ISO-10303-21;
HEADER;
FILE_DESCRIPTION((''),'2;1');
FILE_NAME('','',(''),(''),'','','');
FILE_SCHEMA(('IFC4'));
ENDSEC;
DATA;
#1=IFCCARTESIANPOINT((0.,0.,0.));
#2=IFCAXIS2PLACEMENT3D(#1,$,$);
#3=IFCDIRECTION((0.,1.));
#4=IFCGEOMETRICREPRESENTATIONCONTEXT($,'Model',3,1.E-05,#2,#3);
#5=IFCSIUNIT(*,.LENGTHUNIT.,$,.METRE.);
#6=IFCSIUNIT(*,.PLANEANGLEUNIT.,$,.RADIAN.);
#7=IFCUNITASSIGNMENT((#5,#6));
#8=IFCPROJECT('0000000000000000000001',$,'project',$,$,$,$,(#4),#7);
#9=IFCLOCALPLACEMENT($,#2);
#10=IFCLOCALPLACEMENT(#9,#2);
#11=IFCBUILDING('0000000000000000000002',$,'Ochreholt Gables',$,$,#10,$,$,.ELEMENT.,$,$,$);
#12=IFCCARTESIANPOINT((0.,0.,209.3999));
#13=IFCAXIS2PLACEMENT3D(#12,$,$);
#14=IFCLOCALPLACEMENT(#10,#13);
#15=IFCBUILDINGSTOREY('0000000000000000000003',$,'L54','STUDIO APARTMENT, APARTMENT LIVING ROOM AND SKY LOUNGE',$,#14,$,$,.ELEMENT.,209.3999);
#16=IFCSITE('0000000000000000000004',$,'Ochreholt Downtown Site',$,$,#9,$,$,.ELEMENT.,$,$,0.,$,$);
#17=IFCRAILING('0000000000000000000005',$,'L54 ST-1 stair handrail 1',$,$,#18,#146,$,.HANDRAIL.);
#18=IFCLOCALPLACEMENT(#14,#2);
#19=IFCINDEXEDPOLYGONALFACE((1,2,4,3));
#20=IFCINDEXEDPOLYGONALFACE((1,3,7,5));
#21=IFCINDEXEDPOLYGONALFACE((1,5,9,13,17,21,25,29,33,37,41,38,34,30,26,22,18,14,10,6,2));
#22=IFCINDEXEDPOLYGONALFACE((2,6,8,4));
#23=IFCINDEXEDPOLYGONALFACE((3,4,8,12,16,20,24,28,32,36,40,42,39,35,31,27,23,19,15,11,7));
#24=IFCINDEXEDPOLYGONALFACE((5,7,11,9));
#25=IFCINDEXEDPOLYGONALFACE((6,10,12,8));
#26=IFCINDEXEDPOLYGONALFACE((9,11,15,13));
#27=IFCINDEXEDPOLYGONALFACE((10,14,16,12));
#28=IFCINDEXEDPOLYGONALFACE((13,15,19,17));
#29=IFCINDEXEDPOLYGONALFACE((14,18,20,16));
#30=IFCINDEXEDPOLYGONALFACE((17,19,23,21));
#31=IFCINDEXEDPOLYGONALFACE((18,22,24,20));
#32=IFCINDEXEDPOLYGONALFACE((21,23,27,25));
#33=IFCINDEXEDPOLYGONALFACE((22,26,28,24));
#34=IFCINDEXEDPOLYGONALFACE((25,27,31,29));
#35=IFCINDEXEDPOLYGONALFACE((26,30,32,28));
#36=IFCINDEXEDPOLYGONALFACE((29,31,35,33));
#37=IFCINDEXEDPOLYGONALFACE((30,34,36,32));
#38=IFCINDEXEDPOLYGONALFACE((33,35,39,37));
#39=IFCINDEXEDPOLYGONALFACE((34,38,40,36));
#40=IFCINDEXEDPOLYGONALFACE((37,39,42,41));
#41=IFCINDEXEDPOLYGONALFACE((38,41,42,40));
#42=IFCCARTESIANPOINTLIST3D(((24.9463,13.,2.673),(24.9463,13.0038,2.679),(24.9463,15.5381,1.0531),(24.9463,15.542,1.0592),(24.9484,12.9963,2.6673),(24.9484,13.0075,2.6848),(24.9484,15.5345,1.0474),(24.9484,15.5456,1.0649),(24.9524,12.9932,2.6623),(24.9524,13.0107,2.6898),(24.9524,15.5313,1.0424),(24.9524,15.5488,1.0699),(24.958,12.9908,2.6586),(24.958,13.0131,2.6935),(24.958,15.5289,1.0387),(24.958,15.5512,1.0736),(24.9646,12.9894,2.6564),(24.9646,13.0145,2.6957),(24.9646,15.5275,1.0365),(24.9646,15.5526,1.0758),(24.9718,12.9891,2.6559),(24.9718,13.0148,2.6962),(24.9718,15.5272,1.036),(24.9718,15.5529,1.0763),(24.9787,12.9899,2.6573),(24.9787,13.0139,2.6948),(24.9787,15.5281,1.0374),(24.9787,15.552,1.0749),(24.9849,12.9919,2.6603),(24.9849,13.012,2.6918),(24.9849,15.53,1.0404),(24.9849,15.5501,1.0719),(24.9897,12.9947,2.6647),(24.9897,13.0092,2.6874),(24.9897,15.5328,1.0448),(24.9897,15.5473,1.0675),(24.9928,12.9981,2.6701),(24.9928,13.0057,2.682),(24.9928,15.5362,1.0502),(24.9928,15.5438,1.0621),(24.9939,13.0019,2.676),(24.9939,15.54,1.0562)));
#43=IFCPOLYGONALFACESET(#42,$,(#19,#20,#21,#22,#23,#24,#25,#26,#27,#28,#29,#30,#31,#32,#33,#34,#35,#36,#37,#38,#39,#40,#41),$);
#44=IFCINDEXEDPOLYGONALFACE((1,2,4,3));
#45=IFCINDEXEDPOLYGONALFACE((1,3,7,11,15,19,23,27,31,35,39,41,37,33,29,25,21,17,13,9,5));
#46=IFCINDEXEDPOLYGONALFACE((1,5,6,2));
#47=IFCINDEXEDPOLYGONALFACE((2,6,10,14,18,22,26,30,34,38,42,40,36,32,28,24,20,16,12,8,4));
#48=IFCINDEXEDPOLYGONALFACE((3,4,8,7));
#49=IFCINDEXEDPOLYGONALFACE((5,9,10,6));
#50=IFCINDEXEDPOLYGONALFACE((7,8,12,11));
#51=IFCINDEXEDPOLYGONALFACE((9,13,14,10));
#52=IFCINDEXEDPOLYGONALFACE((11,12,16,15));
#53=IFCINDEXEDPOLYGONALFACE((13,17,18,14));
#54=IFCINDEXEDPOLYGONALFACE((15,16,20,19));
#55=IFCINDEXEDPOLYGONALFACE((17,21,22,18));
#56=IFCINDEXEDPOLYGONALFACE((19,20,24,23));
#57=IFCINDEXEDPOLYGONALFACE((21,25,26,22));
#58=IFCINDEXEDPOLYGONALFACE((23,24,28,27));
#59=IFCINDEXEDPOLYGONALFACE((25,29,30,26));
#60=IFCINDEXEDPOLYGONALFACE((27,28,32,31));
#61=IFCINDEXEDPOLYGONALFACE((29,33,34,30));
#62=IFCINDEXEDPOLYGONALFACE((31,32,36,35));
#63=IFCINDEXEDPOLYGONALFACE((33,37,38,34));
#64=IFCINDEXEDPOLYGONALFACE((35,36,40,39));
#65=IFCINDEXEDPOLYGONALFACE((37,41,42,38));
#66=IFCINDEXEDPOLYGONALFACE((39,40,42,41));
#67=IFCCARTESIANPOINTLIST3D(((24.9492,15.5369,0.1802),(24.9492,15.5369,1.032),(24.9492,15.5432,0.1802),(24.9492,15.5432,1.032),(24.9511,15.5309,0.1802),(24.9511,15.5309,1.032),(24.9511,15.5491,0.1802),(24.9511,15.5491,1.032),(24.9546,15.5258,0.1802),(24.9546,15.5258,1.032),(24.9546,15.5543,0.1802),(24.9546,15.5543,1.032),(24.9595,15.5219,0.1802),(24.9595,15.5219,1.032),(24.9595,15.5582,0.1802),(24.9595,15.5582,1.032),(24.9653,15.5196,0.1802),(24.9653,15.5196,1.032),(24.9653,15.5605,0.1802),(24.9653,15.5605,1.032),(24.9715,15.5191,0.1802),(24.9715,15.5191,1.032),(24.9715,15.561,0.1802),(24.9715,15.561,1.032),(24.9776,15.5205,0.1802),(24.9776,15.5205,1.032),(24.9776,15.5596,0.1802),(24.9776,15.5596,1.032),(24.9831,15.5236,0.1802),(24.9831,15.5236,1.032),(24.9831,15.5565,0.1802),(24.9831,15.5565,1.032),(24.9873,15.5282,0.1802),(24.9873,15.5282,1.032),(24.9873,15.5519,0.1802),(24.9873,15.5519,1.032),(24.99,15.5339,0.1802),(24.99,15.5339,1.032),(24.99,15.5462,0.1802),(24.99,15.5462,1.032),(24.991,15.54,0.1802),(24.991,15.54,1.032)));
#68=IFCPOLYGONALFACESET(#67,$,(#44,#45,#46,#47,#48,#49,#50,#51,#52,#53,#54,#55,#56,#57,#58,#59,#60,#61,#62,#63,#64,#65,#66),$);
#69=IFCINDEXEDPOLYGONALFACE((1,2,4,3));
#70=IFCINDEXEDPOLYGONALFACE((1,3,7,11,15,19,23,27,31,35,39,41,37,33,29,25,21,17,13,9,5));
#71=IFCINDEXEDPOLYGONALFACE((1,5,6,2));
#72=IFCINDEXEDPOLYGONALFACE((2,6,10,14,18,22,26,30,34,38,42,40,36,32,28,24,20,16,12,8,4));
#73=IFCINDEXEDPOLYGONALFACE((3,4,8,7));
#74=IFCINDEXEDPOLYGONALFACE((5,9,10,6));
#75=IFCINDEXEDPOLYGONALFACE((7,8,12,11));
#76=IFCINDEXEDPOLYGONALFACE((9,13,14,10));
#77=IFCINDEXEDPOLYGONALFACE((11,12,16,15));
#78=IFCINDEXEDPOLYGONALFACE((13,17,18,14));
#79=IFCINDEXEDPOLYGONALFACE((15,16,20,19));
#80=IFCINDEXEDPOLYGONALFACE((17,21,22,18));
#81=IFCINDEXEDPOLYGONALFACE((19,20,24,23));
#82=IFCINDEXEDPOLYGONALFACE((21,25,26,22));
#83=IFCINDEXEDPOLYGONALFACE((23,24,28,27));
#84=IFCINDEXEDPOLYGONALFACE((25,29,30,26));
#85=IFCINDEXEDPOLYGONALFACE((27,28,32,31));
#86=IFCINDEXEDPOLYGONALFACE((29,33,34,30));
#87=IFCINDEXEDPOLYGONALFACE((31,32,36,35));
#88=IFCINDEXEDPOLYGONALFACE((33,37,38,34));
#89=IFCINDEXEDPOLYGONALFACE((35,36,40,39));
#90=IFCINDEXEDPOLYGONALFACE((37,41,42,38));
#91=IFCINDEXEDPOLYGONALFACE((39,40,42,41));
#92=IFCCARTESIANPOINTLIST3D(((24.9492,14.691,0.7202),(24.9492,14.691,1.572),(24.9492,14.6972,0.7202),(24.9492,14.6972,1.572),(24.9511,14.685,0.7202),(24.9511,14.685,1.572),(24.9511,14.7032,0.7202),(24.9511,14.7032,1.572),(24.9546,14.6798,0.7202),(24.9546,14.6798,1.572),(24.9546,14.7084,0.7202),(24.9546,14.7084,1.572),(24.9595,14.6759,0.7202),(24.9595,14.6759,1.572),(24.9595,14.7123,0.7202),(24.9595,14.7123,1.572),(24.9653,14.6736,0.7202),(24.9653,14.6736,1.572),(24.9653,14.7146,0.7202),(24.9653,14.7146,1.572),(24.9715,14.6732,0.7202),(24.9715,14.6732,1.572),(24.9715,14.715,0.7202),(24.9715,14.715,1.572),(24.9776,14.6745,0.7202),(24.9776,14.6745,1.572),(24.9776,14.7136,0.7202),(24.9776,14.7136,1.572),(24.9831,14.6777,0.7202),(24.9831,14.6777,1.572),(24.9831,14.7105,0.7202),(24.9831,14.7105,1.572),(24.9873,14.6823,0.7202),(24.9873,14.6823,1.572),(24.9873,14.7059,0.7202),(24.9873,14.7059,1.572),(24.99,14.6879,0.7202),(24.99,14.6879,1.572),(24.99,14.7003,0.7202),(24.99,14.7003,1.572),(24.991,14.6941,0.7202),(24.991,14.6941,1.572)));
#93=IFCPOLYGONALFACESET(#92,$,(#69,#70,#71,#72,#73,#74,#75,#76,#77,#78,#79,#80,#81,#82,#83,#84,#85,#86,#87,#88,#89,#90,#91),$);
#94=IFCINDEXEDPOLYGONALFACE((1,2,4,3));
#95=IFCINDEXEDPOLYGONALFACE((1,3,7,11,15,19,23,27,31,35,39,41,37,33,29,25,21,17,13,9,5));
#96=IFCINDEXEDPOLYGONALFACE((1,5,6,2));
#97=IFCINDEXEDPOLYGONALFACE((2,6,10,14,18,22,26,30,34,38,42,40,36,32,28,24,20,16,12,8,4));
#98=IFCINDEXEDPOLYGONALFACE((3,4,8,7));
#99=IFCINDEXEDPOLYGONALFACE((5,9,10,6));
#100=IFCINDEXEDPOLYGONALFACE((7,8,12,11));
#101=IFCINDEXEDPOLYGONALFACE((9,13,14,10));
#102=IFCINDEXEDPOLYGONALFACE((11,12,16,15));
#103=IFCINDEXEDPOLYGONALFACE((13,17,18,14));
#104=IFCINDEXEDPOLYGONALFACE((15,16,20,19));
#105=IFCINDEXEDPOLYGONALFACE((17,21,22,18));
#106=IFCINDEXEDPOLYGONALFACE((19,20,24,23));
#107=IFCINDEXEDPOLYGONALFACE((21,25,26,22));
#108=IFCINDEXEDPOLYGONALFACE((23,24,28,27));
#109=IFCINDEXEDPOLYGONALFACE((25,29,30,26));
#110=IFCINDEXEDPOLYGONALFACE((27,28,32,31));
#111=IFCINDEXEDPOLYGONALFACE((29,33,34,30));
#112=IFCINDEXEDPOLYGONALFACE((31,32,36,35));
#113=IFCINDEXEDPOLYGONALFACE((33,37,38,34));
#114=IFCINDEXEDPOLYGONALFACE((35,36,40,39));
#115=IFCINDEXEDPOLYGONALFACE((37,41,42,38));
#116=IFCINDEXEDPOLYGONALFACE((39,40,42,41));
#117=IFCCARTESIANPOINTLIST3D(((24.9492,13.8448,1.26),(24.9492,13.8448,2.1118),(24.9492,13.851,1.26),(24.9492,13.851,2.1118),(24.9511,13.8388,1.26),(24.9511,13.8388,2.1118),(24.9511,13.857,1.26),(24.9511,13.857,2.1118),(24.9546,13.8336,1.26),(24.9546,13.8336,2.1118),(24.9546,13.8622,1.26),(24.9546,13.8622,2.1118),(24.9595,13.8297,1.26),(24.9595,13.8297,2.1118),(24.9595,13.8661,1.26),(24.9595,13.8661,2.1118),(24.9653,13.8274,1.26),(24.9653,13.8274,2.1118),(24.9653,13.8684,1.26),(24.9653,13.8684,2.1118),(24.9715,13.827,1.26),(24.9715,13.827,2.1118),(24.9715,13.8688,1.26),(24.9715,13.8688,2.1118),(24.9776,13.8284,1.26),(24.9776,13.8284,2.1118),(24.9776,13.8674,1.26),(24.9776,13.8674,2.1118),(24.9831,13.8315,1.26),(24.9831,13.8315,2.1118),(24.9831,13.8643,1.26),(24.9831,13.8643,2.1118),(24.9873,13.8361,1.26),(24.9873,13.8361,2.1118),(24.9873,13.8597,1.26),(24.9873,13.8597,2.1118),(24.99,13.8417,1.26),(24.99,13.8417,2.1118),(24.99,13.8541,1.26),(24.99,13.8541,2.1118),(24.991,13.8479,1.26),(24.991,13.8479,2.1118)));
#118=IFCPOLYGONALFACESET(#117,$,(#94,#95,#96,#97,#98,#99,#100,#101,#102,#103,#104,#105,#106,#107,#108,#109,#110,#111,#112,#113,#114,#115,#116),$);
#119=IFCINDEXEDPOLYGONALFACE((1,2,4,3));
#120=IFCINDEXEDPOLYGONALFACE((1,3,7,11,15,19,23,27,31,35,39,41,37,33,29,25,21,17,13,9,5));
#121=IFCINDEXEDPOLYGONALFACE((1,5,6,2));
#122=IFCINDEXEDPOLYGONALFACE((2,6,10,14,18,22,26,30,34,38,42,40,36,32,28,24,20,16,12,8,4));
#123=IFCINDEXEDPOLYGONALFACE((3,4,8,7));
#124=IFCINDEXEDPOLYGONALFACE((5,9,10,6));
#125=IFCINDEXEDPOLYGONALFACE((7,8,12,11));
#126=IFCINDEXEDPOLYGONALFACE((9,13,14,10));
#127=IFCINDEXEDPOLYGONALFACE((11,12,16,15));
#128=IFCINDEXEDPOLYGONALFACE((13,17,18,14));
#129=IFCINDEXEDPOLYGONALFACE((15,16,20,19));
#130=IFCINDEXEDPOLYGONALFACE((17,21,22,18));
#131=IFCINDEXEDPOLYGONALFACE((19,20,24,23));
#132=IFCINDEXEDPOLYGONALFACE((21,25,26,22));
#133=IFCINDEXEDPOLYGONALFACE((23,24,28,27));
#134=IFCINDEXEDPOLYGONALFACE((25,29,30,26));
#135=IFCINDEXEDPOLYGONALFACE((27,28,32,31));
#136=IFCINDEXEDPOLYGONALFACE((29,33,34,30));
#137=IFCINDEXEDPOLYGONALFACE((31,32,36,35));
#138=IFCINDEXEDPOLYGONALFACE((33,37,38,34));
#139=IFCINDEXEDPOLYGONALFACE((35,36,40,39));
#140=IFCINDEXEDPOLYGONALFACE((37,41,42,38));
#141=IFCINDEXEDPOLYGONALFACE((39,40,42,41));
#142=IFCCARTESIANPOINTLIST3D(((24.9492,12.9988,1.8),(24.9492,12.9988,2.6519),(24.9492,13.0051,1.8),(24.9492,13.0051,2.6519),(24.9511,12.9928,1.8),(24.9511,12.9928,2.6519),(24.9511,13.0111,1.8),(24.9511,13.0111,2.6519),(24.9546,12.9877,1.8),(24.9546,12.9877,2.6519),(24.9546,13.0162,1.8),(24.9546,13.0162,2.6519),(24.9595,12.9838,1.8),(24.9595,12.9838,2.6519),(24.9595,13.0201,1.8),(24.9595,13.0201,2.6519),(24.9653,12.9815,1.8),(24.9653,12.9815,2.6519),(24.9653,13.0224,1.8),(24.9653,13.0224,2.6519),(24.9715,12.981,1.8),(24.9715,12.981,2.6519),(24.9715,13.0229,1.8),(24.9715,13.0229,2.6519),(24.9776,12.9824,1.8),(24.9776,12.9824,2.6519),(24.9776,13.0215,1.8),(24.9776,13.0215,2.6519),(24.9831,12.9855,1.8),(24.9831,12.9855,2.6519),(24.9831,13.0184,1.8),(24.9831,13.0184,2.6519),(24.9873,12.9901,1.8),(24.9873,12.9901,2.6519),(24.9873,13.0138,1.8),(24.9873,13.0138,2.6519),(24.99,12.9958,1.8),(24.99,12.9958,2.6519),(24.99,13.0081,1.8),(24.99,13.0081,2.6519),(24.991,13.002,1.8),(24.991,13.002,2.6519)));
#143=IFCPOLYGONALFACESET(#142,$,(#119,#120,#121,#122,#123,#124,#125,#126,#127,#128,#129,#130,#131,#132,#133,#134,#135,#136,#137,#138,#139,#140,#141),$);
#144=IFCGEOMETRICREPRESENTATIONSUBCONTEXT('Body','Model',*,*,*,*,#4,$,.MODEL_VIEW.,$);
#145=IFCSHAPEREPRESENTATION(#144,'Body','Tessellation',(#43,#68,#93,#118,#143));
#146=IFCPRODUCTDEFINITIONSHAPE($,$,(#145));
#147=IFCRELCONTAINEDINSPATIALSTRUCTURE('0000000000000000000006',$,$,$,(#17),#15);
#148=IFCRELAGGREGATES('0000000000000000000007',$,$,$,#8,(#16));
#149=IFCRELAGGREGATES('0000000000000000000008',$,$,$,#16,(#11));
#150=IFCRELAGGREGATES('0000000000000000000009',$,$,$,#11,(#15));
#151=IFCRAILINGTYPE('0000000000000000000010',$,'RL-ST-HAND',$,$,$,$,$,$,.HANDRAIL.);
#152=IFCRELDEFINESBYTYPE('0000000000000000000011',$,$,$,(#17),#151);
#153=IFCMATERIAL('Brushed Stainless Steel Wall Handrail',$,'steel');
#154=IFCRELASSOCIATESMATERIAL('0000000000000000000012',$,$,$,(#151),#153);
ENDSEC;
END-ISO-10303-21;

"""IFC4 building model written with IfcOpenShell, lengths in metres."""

from ifc_helpers import new_model, si_unit, direction, frame, origin, origin_2d, place, context, subcontext, project, spatial, circle, extrude, material, type_object, element, save


model = new_model("IFC4")

# Units and contexts
model_context = context("Model", 3, precision=1e-05, world=origin(), true_north=direction((0.0, 1.0)))
body_context = subcontext(model_context, "Body", "Model", "MODEL_VIEW")
ifc_project = project(units=[si_unit("LENGTHUNIT", "METRE"), si_unit("PLANEANGLEUNIT", "RADIAN")], contexts=[model_context])

# Site, building, storey
site_placement = place(None, origin())
site = spatial("IfcSite", under=ifc_project, at=site_placement, Name="Ochreholt Downtown Site", CompositionType="ELEMENT", RefElevation=0.0)
building_placement = place(site_placement, origin())
building = spatial("IfcBuilding", under=site, at=building_placement, Name="Ochreholt Gables", CompositionType="ELEMENT")
storey_placement = place(building_placement, frame((0.0, 0.0, 209.3999)))
storey = spatial("IfcBuildingStorey", under=building, at=storey_placement, Name="L54", Description="STUDIO APARTMENT, APARTMENT LIVING ROOM AND SKY LOUNGE", CompositionType="ELEMENT", Elevation=209.3999)

# Railing
ifc_material_1 = material(Name="Brushed Stainless Steel Wall Handrail", Category="steel")
railing_type = type_object("IfcRailingType", Name="RL-ST-HAND", PredefinedType="HANDRAIL", material=ifc_material_1)
railing_placement = place(storey_placement, frame((24.97, 15.54, 0.1802)))
element("IfcRailing", 1, at=railing_placement, inside=storey, type_object=railing_type, Name="L54 ST-1 stair handrail 1", PredefinedType="HANDRAIL", context=body_context, shape_type="SweptSolid", body=[
    extrude(circle(Radius=0.0239, at=origin_2d()), frame((0.0, 0.0, 0.876), z_axis=(0.0, -0.84295, 0.537993), x_axis=(1.0, 0.0, 0.0)), (0.0, 0.0, 1.0), 3.011),
    extrude(circle(Radius=0.021, at=origin_2d()), origin(), (0.0, 0.0, 1.0), 0.8518),
    extrude(circle(Radius=0.021, at=origin_2d()), frame((0.0, -0.8459, 0.54)), (0.0, 0.0, 1.0), 0.8518),
    extrude(circle(Radius=0.021, at=origin_2d()), frame((0.0, -1.6921, 1.0798)), (0.0, 0.0, 1.0), 0.8518),
    extrude(circle(Radius=0.021, at=origin_2d()), frame((0.0, -2.5381, 1.6199)), (0.0, 0.0, 1.0), 0.8518),
])

save(model, "model.ifc")
